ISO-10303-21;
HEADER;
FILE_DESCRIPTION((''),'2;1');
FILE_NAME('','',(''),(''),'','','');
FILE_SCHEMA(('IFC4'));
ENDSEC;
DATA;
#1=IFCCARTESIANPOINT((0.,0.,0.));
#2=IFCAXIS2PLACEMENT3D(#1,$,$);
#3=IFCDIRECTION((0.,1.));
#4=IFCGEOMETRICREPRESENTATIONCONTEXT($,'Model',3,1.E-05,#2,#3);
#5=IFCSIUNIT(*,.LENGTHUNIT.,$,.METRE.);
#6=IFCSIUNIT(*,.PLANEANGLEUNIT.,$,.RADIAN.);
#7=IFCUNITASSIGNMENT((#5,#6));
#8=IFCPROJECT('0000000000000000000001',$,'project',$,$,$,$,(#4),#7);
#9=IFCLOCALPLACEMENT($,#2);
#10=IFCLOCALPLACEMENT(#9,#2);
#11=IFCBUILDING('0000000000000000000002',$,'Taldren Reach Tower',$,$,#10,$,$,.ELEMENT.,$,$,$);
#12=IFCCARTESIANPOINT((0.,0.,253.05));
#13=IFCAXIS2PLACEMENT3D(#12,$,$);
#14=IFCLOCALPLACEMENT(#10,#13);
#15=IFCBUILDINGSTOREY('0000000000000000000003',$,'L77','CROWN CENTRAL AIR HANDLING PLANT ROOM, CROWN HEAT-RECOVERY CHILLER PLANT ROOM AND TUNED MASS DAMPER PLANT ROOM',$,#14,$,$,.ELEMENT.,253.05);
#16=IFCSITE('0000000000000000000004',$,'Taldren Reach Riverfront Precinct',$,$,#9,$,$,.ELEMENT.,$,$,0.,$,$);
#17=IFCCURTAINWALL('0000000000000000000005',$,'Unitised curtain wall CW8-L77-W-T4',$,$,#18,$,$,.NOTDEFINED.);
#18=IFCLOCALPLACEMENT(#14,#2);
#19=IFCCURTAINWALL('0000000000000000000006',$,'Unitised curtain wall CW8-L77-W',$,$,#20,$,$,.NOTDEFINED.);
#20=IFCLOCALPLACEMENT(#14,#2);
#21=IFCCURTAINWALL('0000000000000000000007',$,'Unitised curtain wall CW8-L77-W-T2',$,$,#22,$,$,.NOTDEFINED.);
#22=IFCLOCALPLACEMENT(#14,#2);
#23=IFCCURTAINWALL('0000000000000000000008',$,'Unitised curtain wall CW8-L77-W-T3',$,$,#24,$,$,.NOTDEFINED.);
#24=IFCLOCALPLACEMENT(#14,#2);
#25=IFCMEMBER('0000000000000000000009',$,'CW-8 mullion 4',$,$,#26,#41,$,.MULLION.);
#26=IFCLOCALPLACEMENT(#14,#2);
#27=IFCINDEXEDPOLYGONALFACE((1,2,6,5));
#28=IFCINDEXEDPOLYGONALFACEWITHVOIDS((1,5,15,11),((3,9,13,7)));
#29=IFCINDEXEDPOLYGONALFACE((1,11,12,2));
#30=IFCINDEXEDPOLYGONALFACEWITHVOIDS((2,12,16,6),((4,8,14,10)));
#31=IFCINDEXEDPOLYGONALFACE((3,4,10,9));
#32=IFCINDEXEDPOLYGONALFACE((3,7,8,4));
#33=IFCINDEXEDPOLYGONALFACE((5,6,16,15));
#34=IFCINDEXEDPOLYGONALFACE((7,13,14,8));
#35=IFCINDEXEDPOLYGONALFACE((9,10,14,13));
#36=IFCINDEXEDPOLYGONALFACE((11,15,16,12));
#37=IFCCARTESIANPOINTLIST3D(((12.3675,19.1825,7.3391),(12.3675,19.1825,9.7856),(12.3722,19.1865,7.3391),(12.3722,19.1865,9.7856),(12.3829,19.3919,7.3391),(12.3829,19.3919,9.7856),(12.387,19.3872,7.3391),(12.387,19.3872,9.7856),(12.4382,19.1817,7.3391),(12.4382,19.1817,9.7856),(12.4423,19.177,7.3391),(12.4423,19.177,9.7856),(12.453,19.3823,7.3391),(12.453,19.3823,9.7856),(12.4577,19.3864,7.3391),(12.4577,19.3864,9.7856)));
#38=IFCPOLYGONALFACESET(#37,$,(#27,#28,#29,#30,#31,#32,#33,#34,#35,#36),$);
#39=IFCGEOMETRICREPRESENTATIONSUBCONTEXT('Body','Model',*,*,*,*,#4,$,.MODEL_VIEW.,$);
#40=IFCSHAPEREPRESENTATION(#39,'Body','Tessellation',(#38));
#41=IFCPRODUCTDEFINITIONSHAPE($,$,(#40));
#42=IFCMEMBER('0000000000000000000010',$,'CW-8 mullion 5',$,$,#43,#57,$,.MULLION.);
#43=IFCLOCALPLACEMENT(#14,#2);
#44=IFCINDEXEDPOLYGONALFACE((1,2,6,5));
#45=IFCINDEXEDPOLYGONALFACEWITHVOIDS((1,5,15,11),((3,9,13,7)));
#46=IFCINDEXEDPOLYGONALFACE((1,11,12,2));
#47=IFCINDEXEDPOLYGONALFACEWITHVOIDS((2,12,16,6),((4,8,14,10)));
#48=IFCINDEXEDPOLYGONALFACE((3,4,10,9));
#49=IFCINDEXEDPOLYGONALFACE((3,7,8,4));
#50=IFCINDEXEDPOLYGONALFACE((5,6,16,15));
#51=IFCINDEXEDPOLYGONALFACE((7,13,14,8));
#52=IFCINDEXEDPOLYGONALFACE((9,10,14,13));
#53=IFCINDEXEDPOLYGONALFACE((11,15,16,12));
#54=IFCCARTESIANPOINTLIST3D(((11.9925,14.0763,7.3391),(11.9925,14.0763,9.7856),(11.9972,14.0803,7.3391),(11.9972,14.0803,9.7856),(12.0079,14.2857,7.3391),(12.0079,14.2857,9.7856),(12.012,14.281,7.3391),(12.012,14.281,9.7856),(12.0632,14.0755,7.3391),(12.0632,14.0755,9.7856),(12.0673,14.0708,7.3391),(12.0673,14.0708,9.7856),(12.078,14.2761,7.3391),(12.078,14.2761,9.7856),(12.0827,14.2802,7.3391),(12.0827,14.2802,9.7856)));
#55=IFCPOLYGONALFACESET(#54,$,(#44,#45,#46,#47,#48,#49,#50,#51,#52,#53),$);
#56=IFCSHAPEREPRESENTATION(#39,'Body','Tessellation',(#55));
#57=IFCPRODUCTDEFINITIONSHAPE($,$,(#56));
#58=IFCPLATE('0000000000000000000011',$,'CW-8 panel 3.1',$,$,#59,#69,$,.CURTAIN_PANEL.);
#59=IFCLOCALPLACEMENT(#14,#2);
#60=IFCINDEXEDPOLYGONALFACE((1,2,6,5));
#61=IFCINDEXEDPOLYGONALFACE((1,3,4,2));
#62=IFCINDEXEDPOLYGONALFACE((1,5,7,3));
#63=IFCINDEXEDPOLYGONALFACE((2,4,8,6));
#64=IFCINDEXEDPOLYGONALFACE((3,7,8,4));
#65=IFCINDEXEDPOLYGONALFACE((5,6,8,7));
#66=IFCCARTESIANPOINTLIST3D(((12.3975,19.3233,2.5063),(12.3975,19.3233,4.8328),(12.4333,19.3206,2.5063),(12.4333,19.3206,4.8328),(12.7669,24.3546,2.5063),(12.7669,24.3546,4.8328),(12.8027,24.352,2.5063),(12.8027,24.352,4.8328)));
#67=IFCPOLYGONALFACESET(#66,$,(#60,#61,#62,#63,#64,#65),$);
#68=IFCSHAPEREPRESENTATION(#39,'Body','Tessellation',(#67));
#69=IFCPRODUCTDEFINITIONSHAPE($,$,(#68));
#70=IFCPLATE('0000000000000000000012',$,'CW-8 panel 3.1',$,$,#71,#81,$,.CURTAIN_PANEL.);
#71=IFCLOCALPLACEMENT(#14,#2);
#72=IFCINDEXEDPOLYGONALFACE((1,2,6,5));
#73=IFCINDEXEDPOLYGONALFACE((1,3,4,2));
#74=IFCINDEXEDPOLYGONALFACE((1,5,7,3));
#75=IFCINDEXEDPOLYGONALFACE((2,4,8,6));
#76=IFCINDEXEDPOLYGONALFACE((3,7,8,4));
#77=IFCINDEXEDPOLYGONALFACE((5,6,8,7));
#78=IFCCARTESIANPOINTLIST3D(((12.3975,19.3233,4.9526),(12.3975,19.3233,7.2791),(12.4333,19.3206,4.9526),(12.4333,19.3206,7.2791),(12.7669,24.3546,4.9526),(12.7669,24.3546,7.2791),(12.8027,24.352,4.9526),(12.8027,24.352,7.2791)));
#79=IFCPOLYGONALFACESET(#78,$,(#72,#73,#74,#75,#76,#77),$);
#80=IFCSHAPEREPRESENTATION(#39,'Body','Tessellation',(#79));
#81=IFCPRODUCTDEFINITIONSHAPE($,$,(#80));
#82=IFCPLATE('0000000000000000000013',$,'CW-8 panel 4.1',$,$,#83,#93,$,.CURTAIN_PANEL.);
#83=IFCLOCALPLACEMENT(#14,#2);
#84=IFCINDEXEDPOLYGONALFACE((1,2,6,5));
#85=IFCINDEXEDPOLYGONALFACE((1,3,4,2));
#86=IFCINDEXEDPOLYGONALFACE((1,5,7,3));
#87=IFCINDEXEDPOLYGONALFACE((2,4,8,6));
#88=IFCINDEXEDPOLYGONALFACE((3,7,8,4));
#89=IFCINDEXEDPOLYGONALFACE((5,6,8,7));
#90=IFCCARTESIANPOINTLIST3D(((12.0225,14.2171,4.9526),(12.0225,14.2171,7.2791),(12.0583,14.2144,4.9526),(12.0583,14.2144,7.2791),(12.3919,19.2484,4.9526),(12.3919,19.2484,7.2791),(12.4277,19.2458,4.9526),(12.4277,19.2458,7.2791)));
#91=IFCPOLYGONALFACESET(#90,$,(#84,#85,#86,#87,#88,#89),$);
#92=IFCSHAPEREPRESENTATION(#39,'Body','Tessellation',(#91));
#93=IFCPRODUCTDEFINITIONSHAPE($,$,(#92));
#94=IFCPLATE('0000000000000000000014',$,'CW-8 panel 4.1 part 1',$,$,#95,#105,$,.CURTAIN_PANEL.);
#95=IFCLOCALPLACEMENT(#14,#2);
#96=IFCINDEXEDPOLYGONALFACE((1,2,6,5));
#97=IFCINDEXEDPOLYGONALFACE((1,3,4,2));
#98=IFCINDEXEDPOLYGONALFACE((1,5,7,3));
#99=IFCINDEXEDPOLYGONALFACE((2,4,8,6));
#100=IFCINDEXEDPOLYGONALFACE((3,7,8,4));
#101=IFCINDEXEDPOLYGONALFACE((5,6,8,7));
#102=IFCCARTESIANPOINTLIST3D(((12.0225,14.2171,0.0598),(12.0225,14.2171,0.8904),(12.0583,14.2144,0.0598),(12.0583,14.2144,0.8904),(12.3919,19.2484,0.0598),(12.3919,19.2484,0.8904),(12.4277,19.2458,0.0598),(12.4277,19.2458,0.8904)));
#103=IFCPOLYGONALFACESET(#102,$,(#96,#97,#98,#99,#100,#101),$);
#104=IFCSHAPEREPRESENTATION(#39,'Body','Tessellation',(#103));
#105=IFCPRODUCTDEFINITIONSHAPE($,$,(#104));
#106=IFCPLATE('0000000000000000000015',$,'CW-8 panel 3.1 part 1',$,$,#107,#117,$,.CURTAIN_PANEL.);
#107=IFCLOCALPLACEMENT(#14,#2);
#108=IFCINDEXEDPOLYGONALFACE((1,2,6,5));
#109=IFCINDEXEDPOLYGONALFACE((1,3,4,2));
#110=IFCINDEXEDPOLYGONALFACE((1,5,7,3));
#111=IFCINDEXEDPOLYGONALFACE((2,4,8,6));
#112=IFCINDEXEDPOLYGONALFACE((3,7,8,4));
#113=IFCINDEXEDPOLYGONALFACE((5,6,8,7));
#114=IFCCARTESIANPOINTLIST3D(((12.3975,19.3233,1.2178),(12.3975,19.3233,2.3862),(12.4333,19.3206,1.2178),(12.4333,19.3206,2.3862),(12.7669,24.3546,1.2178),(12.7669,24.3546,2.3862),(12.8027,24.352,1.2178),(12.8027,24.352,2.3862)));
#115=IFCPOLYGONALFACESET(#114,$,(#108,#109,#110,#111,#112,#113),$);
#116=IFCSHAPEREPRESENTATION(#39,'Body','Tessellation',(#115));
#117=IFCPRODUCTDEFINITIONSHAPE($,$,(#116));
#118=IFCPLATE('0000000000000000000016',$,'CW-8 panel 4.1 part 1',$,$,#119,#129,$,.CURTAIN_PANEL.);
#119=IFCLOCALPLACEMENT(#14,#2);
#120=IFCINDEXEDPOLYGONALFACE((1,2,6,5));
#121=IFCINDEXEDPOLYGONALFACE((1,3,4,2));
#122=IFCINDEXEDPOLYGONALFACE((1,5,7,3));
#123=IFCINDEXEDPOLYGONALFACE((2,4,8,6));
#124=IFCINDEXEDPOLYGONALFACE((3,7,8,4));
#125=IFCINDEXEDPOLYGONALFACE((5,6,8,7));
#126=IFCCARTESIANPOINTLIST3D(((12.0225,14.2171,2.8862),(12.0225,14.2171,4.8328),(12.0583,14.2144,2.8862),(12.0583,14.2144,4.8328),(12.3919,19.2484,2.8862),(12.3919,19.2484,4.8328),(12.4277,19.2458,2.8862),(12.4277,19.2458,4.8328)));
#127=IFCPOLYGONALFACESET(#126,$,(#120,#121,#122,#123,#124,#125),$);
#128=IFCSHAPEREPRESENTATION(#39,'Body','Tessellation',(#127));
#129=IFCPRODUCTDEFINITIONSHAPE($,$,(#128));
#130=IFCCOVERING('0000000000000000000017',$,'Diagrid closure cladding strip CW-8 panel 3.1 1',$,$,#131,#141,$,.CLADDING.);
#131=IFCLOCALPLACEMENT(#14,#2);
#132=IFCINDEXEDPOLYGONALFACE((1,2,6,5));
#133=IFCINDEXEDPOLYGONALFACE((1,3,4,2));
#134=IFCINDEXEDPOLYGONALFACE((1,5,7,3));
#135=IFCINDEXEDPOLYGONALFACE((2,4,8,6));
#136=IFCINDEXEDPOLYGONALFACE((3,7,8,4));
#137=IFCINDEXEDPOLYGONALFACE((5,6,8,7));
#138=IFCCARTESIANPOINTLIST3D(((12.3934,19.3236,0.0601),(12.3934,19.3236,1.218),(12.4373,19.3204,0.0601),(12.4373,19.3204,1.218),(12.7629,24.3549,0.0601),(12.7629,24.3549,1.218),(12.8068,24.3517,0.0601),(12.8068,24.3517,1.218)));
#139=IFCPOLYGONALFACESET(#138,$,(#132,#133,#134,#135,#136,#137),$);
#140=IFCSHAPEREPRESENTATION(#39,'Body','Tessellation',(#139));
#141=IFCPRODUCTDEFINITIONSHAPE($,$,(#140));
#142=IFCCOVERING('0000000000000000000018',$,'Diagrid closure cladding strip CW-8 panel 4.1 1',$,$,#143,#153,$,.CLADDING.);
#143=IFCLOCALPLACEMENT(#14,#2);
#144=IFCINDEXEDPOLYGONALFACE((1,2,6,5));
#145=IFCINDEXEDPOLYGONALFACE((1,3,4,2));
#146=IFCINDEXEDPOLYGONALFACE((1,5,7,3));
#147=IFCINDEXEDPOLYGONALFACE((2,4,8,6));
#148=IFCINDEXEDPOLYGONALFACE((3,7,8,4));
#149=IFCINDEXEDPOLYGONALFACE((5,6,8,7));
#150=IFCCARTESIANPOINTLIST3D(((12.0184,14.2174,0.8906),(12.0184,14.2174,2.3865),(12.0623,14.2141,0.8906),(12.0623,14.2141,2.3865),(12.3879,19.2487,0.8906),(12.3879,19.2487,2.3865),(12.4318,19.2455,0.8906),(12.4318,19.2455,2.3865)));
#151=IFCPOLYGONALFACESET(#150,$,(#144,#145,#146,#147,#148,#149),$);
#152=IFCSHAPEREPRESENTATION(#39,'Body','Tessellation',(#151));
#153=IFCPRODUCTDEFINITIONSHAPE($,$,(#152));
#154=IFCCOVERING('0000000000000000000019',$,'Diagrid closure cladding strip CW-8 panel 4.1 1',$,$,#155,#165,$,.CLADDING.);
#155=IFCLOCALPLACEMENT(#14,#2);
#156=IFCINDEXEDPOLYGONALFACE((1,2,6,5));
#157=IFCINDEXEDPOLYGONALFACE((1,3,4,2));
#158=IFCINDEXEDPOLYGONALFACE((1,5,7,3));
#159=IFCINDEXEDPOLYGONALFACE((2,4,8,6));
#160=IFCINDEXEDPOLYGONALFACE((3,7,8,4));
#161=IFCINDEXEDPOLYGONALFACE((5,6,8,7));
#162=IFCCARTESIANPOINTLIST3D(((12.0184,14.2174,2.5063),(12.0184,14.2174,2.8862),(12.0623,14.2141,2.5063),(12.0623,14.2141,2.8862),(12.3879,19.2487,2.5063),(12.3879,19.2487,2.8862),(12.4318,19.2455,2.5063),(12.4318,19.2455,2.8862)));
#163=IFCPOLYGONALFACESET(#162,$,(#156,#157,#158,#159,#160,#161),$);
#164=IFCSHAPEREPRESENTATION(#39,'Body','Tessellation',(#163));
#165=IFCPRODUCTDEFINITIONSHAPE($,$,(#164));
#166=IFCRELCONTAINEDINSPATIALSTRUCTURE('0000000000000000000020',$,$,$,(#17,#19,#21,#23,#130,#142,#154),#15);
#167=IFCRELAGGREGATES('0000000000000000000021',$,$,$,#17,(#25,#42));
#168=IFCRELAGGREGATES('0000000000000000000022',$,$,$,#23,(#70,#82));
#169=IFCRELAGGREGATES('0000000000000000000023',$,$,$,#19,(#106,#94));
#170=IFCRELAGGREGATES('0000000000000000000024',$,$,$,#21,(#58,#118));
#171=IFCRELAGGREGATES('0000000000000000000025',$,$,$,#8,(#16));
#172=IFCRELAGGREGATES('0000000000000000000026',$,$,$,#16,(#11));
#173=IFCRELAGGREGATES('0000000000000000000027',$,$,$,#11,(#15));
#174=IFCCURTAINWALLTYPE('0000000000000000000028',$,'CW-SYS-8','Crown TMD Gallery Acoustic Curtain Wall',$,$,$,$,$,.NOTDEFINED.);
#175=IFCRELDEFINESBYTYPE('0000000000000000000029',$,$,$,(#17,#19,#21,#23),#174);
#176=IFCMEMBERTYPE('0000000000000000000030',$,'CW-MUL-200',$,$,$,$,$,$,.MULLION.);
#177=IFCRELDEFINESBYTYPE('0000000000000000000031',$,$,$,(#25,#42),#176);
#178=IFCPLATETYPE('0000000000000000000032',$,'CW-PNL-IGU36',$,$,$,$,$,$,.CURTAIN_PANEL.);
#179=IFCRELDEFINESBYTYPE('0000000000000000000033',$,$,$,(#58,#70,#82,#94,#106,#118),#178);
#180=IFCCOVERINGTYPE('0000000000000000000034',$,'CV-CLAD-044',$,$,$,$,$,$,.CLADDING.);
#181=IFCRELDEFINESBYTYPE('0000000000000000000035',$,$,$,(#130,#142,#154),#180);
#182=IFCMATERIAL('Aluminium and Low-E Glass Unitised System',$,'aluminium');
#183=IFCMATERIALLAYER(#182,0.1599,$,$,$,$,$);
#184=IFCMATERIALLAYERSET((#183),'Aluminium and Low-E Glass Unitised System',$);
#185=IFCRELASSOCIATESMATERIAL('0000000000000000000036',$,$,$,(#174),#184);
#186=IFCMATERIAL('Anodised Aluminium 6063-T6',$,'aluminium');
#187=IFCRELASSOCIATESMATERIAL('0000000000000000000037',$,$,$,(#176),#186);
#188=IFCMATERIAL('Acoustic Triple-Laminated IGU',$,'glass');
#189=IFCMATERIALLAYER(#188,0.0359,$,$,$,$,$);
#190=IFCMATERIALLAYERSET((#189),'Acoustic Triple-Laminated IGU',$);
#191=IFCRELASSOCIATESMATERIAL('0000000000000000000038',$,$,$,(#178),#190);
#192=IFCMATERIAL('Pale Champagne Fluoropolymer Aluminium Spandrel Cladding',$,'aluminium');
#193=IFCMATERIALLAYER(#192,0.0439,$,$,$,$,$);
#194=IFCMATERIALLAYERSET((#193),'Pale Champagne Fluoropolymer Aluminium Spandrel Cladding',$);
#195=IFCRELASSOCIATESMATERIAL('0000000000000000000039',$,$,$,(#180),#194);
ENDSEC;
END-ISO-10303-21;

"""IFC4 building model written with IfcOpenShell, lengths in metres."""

from ifc_helpers import new_model, si_unit, direction, frame, origin, origin_2d, place, context, subcontext, project, spatial, rectangle, hollow_rectangle, extrude, source, transform, mapped, material, layer, layer_set, material_profile, profile_set, type_object, element, aggregate, save


model = new_model("IFC4")

# Units and contexts
model_context = context("Model", 3, precision=1e-05, world=origin(), true_north=direction((0.0, 1.0)))
body_context = subcontext(model_context, "Body", "Model", "MODEL_VIEW")
ifc_project = project(units=[si_unit("LENGTHUNIT", "METRE"), si_unit("PLANEANGLEUNIT", "RADIAN")], contexts=[model_context])

# Site, building, storey
site_placement = place(None, origin())
site = spatial("IfcSite", under=ifc_project, at=site_placement, Name="Taldren Reach Riverfront Precinct", CompositionType="ELEMENT", RefElevation=0.0)
building_placement = place(site_placement, origin())
building = spatial("IfcBuilding", under=site, at=building_placement, Name="Taldren Reach Tower", CompositionType="ELEMENT")
storey_placement = place(building_placement, frame((0.0, 0.0, 253.05)))
storey = spatial("IfcBuildingStorey", under=building, at=storey_placement, Name="L77", Description="CROWN CENTRAL AIR HANDLING PLANT ROOM, CROWN HEAT-RECOVERY CHILLER PLANT ROOM AND TUNED MASS DAMPER PLANT ROOM", CompositionType="ELEMENT", Elevation=253.05)

# Curtain wall
ifc_material_1 = material(Name="Aluminium and Low-E Glass Unitised System", Category="aluminium")
ifc_layer_1 = layer(ifc_material_1, 0.1599)
ifc_layer_set_1 = layer_set([ifc_layer_1], Name="Aluminium and Low-E Glass Unitised System")
curtain_wall_type = type_object("IfcCurtainWallType", Name="CW-SYS-8", Description="Crown TMD Gallery Acoustic Curtain Wall", PredefinedType="NOTDEFINED", material=ifc_layer_set_1)
curtain_wall_1_placement = place(storey_placement, origin())
curtain_wall_1 = element("IfcCurtainWall", 1, at=curtain_wall_1_placement, inside=storey, type_object=curtain_wall_type, Name="Unitised curtain wall CW8-L77-W-T4", PredefinedType="NOTDEFINED")
ifc_material_2 = material(Name="Anodised Aluminium 6063-T6", Category="aluminium")

# Curtain walls
curtain_wall_2_placement = place(storey_placement, origin())
curtain_wall_2 = element("IfcCurtainWall", 2, at=curtain_wall_2_placement, inside=storey, type_object=curtain_wall_type, Name="Unitised curtain wall CW8-L77-W", PredefinedType="NOTDEFINED")
curtain_wall_3_placement = place(storey_placement, origin())
curtain_wall_3 = element("IfcCurtainWall", 3, at=curtain_wall_3_placement, inside=storey, type_object=curtain_wall_type, Name="Unitised curtain wall CW8-L77-W-T2", PredefinedType="NOTDEFINED")
curtain_wall_4_placement = place(storey_placement, origin())
curtain_wall_4 = element("IfcCurtainWall", 4, at=curtain_wall_4_placement, inside=storey, type_object=curtain_wall_type, Name="Unitised curtain wall CW8-L77-W-T3", PredefinedType="NOTDEFINED")

# Members
ifc_material_profile_1 = material_profile(ifc_material_2, hollow_rectangle(XDim=0.075, YDim=0.21, WallThickness=0.0044, at=origin_2d()), Name="ALU-210x75x4.5RHS")
ifc_profile_set_1 = profile_set([ifc_material_profile_1], Name="Anodised Aluminium 6063-T6")
member_type_1 = type_object("IfcMemberType", Name="CW-MUL-200", PredefinedType="MULLION", material=ifc_profile_set_1)
shared_shape_1 = source(origin(), body_context, "Body", "SweptSolid", [
    extrude(hollow_rectangle(XDim=0.075, YDim=0.21, WallThickness=0.0044, at=origin_2d()), origin(), (0.0, 0.0, 1.0), 2.4465),
])
member_1_placement = place(storey_placement, frame((12.4126, 19.2844, 7.3391), z_axis=(0.0, 0.0, 1.0), x_axis=(0.997314, -0.073238, 0.0)))
member_1 = element("IfcMember", 5, at=member_1_placement, type_object=member_type_1, Name="CW-8 mullion 4", PredefinedType="MULLION", context=body_context, shape_type="MappedRepresentation", body=[
    mapped(shared_shape_1, transform((0.0, 0.0, 0.0), scale=1.0)),
])
member_2_placement = place(storey_placement, frame((12.0376, 14.1782, 7.3391), z_axis=(0.0, 0.0, 1.0), x_axis=(0.997314, -0.073238, 0.0)))
member_2 = element("IfcMember", 6, at=member_2_placement, type_object=member_type_1, Name="CW-8 mullion 5", PredefinedType="MULLION", context=body_context, shape_type="MappedRepresentation", body=[
    mapped(shared_shape_1, transform((0.0, 0.0, 0.0), scale=1.0)),
])
aggregate(curtain_wall_1, [member_1, member_2])

# Plates
ifc_material_3 = material(Name="Acoustic Triple-Laminated IGU", Category="glass")
ifc_layer_2 = layer(ifc_material_3, 0.0359)
ifc_layer_set_2 = layer_set([ifc_layer_2], Name="Acoustic Triple-Laminated IGU")
plate_type = type_object("IfcPlateType", Name="CW-PNL-IGU36", PredefinedType="CURTAIN_PANEL", material=ifc_layer_set_2)
shared_shape_2 = source(origin(), body_context, "Body", "SweptSolid", [
    extrude(rectangle(XDim=5.0449, YDim=0.0359, at=origin_2d()), origin(), (0.0, 0.0, 1.0), 2.3264),
])
plate_1_placement = place(storey_placement, frame((12.6001, 21.8376, 2.5063), z_axis=(0.0, 0.0, 1.0), x_axis=(-0.073238, -0.997314, 0.0)))
plate_1 = element("IfcPlate", 7, at=plate_1_placement, type_object=plate_type, Name="CW-8 panel 3.1", PredefinedType="CURTAIN_PANEL", context=body_context, shape_type="MappedRepresentation", body=[
    mapped(shared_shape_2, transform((0.0, 0.0, 0.0), scale=1.0)),
])
plate_2_placement = place(storey_placement, frame((12.6001, 21.8376, 4.9526), z_axis=(0.0, 0.0, 1.0), x_axis=(-0.073238, -0.997314, 0.0)))
plate_2 = element("IfcPlate", 8, at=plate_2_placement, type_object=plate_type, Name="CW-8 panel 3.1", PredefinedType="CURTAIN_PANEL", context=body_context, shape_type="MappedRepresentation", body=[
    mapped(shared_shape_2, transform((0.0, 0.0, 0.0), scale=1.0)),
])
plate_3_placement = place(storey_placement, frame((12.2251, 16.7314, 4.9526), z_axis=(0.0, 0.0, 1.0), x_axis=(-0.073238, -0.997314, 0.0)))
plate_3 = element("IfcPlate", 9, at=plate_3_placement, type_object=plate_type, Name="CW-8 panel 4.1", PredefinedType="CURTAIN_PANEL", context=body_context, shape_type="MappedRepresentation", body=[
    mapped(shared_shape_2, transform((0.0, 0.0, 0.0), scale=1.0)),
])
aggregate(curtain_wall_4, [plate_2, plate_3])
shared_shape_3 = source(origin(), body_context, "Body", "SweptSolid", [
    extrude(rectangle(XDim=5.0449, YDim=0.0359, at=origin_2d()), origin(), (0.0, 0.0, 1.0), 0.8306),
])
plate_4_placement = place(storey_placement, frame((12.2251, 16.7314, 0.0598), z_axis=(0.0, 0.0, 1.0), x_axis=(-0.073238, -0.997314, 0.0)))
plate_4 = element("IfcPlate", 10, at=plate_4_placement, type_object=plate_type, Name="CW-8 panel 4.1 part 1", PredefinedType="CURTAIN_PANEL", context=body_context, shape_type="MappedRepresentation", body=[
    mapped(shared_shape_3, transform((0.0, 0.0, 0.0), scale=1.0)),
])
shared_shape_4 = source(origin(), body_context, "Body", "SweptSolid", [
    extrude(rectangle(XDim=5.0449, YDim=0.0359, at=origin_2d()), origin(), (0.0, 0.0, 1.0), 1.1685),
])
plate_5_placement = place(storey_placement, frame((12.6001, 21.8376, 1.2178), z_axis=(0.0, 0.0, 1.0), x_axis=(-0.073238, -0.997314, 0.0)))
plate_5 = element("IfcPlate", 11, at=plate_5_placement, type_object=plate_type, Name="CW-8 panel 3.1 part 1", PredefinedType="CURTAIN_PANEL", context=body_context, shape_type="MappedRepresentation", body=[
    mapped(shared_shape_4, transform((0.0, 0.0, 0.0), scale=1.0)),
])
aggregate(curtain_wall_2, [plate_5, plate_4])
shared_shape_5 = source(origin(), body_context, "Body", "SweptSolid", [
    extrude(rectangle(XDim=5.0449, YDim=0.0359, at=origin_2d()), origin(), (0.0, 0.0, 1.0), 1.9465),
])
plate_6_placement = place(storey_placement, frame((12.2251, 16.7314, 2.8862), z_axis=(0.0, 0.0, 1.0), x_axis=(-0.073238, -0.997314, 0.0)))
plate_6 = element("IfcPlate", 12, at=plate_6_placement, type_object=plate_type, Name="CW-8 panel 4.1 part 1", PredefinedType="CURTAIN_PANEL", context=body_context, shape_type="MappedRepresentation", body=[
    mapped(shared_shape_5, transform((0.0, 0.0, 0.0), scale=1.0)),
])
aggregate(curtain_wall_3, [plate_1, plate_6])

# Coverings
ifc_material_4 = material(Name="Pale Champagne Fluoropolymer Aluminium Spandrel Cladding", Category="aluminium")
ifc_layer_3 = layer(ifc_material_4, 0.0439)
ifc_layer_set_3 = layer_set([ifc_layer_3], Name="Pale Champagne Fluoropolymer Aluminium Spandrel Cladding")
covering_type = type_object("IfcCoveringType", Name="CV-CLAD-044", PredefinedType="CLADDING", material=ifc_layer_set_3)
shared_shape_6 = source(origin(), body_context, "Body", "SweptSolid", [
    extrude(rectangle(XDim=5.0449, YDim=0.0439, at=origin_2d()), origin(), (0.0, 0.0, 1.0), 1.158),
])
covering_1_placement = place(storey_placement, frame((12.6001, 21.8376, 0.0601), z_axis=(0.0, 0.0, 1.0), x_axis=(-0.073238, -0.997314, 0.0)))
element("IfcCovering", 13, at=covering_1_placement, inside=storey, type_object=covering_type, Name="Diagrid closure cladding strip CW-8 panel 3.1 1", PredefinedType="CLADDING", context=body_context, shape_type="MappedRepresentation", body=[
    mapped(shared_shape_6, transform((0.0, 0.0, 0.0), scale=1.0)),
])
shared_shape_7 = source(origin(), body_context, "Body", "SweptSolid", [
    extrude(rectangle(XDim=5.0449, YDim=0.0439, at=origin_2d()), origin(), (0.0, 0.0, 1.0), 1.4958),
])
covering_2_placement = place(storey_placement, frame((12.2251, 16.7314, 0.8906), z_axis=(0.0, 0.0, 1.0), x_axis=(-0.073238, -0.997314, 0.0)))
element("IfcCovering", 14, at=covering_2_placement, inside=storey, type_object=covering_type, Name="Diagrid closure cladding strip CW-8 panel 4.1 1", PredefinedType="CLADDING", context=body_context, shape_type="MappedRepresentation", body=[
    mapped(shared_shape_7, transform((0.0, 0.0, 0.0), scale=1.0)),
])
shared_shape_8 = source(origin(), body_context, "Body", "SweptSolid", [
    extrude(rectangle(XDim=5.0449, YDim=0.0439, at=origin_2d()), origin(), (0.0, 0.0, 1.0), 0.3799),
])
covering_3_placement = place(storey_placement, frame((12.2251, 16.7314, 2.5063), z_axis=(0.0, 0.0, 1.0), x_axis=(-0.073238, -0.997314, 0.0)))
element("IfcCovering", 15, at=covering_3_placement, inside=storey, type_object=covering_type, Name="Diagrid closure cladding strip CW-8 panel 4.1 1", PredefinedType="CLADDING", context=body_context, shape_type="MappedRepresentation", body=[
    mapped(shared_shape_8, transform((0.0, 0.0, 0.0), scale=1.0)),
])

save(model, "model.ifc")
